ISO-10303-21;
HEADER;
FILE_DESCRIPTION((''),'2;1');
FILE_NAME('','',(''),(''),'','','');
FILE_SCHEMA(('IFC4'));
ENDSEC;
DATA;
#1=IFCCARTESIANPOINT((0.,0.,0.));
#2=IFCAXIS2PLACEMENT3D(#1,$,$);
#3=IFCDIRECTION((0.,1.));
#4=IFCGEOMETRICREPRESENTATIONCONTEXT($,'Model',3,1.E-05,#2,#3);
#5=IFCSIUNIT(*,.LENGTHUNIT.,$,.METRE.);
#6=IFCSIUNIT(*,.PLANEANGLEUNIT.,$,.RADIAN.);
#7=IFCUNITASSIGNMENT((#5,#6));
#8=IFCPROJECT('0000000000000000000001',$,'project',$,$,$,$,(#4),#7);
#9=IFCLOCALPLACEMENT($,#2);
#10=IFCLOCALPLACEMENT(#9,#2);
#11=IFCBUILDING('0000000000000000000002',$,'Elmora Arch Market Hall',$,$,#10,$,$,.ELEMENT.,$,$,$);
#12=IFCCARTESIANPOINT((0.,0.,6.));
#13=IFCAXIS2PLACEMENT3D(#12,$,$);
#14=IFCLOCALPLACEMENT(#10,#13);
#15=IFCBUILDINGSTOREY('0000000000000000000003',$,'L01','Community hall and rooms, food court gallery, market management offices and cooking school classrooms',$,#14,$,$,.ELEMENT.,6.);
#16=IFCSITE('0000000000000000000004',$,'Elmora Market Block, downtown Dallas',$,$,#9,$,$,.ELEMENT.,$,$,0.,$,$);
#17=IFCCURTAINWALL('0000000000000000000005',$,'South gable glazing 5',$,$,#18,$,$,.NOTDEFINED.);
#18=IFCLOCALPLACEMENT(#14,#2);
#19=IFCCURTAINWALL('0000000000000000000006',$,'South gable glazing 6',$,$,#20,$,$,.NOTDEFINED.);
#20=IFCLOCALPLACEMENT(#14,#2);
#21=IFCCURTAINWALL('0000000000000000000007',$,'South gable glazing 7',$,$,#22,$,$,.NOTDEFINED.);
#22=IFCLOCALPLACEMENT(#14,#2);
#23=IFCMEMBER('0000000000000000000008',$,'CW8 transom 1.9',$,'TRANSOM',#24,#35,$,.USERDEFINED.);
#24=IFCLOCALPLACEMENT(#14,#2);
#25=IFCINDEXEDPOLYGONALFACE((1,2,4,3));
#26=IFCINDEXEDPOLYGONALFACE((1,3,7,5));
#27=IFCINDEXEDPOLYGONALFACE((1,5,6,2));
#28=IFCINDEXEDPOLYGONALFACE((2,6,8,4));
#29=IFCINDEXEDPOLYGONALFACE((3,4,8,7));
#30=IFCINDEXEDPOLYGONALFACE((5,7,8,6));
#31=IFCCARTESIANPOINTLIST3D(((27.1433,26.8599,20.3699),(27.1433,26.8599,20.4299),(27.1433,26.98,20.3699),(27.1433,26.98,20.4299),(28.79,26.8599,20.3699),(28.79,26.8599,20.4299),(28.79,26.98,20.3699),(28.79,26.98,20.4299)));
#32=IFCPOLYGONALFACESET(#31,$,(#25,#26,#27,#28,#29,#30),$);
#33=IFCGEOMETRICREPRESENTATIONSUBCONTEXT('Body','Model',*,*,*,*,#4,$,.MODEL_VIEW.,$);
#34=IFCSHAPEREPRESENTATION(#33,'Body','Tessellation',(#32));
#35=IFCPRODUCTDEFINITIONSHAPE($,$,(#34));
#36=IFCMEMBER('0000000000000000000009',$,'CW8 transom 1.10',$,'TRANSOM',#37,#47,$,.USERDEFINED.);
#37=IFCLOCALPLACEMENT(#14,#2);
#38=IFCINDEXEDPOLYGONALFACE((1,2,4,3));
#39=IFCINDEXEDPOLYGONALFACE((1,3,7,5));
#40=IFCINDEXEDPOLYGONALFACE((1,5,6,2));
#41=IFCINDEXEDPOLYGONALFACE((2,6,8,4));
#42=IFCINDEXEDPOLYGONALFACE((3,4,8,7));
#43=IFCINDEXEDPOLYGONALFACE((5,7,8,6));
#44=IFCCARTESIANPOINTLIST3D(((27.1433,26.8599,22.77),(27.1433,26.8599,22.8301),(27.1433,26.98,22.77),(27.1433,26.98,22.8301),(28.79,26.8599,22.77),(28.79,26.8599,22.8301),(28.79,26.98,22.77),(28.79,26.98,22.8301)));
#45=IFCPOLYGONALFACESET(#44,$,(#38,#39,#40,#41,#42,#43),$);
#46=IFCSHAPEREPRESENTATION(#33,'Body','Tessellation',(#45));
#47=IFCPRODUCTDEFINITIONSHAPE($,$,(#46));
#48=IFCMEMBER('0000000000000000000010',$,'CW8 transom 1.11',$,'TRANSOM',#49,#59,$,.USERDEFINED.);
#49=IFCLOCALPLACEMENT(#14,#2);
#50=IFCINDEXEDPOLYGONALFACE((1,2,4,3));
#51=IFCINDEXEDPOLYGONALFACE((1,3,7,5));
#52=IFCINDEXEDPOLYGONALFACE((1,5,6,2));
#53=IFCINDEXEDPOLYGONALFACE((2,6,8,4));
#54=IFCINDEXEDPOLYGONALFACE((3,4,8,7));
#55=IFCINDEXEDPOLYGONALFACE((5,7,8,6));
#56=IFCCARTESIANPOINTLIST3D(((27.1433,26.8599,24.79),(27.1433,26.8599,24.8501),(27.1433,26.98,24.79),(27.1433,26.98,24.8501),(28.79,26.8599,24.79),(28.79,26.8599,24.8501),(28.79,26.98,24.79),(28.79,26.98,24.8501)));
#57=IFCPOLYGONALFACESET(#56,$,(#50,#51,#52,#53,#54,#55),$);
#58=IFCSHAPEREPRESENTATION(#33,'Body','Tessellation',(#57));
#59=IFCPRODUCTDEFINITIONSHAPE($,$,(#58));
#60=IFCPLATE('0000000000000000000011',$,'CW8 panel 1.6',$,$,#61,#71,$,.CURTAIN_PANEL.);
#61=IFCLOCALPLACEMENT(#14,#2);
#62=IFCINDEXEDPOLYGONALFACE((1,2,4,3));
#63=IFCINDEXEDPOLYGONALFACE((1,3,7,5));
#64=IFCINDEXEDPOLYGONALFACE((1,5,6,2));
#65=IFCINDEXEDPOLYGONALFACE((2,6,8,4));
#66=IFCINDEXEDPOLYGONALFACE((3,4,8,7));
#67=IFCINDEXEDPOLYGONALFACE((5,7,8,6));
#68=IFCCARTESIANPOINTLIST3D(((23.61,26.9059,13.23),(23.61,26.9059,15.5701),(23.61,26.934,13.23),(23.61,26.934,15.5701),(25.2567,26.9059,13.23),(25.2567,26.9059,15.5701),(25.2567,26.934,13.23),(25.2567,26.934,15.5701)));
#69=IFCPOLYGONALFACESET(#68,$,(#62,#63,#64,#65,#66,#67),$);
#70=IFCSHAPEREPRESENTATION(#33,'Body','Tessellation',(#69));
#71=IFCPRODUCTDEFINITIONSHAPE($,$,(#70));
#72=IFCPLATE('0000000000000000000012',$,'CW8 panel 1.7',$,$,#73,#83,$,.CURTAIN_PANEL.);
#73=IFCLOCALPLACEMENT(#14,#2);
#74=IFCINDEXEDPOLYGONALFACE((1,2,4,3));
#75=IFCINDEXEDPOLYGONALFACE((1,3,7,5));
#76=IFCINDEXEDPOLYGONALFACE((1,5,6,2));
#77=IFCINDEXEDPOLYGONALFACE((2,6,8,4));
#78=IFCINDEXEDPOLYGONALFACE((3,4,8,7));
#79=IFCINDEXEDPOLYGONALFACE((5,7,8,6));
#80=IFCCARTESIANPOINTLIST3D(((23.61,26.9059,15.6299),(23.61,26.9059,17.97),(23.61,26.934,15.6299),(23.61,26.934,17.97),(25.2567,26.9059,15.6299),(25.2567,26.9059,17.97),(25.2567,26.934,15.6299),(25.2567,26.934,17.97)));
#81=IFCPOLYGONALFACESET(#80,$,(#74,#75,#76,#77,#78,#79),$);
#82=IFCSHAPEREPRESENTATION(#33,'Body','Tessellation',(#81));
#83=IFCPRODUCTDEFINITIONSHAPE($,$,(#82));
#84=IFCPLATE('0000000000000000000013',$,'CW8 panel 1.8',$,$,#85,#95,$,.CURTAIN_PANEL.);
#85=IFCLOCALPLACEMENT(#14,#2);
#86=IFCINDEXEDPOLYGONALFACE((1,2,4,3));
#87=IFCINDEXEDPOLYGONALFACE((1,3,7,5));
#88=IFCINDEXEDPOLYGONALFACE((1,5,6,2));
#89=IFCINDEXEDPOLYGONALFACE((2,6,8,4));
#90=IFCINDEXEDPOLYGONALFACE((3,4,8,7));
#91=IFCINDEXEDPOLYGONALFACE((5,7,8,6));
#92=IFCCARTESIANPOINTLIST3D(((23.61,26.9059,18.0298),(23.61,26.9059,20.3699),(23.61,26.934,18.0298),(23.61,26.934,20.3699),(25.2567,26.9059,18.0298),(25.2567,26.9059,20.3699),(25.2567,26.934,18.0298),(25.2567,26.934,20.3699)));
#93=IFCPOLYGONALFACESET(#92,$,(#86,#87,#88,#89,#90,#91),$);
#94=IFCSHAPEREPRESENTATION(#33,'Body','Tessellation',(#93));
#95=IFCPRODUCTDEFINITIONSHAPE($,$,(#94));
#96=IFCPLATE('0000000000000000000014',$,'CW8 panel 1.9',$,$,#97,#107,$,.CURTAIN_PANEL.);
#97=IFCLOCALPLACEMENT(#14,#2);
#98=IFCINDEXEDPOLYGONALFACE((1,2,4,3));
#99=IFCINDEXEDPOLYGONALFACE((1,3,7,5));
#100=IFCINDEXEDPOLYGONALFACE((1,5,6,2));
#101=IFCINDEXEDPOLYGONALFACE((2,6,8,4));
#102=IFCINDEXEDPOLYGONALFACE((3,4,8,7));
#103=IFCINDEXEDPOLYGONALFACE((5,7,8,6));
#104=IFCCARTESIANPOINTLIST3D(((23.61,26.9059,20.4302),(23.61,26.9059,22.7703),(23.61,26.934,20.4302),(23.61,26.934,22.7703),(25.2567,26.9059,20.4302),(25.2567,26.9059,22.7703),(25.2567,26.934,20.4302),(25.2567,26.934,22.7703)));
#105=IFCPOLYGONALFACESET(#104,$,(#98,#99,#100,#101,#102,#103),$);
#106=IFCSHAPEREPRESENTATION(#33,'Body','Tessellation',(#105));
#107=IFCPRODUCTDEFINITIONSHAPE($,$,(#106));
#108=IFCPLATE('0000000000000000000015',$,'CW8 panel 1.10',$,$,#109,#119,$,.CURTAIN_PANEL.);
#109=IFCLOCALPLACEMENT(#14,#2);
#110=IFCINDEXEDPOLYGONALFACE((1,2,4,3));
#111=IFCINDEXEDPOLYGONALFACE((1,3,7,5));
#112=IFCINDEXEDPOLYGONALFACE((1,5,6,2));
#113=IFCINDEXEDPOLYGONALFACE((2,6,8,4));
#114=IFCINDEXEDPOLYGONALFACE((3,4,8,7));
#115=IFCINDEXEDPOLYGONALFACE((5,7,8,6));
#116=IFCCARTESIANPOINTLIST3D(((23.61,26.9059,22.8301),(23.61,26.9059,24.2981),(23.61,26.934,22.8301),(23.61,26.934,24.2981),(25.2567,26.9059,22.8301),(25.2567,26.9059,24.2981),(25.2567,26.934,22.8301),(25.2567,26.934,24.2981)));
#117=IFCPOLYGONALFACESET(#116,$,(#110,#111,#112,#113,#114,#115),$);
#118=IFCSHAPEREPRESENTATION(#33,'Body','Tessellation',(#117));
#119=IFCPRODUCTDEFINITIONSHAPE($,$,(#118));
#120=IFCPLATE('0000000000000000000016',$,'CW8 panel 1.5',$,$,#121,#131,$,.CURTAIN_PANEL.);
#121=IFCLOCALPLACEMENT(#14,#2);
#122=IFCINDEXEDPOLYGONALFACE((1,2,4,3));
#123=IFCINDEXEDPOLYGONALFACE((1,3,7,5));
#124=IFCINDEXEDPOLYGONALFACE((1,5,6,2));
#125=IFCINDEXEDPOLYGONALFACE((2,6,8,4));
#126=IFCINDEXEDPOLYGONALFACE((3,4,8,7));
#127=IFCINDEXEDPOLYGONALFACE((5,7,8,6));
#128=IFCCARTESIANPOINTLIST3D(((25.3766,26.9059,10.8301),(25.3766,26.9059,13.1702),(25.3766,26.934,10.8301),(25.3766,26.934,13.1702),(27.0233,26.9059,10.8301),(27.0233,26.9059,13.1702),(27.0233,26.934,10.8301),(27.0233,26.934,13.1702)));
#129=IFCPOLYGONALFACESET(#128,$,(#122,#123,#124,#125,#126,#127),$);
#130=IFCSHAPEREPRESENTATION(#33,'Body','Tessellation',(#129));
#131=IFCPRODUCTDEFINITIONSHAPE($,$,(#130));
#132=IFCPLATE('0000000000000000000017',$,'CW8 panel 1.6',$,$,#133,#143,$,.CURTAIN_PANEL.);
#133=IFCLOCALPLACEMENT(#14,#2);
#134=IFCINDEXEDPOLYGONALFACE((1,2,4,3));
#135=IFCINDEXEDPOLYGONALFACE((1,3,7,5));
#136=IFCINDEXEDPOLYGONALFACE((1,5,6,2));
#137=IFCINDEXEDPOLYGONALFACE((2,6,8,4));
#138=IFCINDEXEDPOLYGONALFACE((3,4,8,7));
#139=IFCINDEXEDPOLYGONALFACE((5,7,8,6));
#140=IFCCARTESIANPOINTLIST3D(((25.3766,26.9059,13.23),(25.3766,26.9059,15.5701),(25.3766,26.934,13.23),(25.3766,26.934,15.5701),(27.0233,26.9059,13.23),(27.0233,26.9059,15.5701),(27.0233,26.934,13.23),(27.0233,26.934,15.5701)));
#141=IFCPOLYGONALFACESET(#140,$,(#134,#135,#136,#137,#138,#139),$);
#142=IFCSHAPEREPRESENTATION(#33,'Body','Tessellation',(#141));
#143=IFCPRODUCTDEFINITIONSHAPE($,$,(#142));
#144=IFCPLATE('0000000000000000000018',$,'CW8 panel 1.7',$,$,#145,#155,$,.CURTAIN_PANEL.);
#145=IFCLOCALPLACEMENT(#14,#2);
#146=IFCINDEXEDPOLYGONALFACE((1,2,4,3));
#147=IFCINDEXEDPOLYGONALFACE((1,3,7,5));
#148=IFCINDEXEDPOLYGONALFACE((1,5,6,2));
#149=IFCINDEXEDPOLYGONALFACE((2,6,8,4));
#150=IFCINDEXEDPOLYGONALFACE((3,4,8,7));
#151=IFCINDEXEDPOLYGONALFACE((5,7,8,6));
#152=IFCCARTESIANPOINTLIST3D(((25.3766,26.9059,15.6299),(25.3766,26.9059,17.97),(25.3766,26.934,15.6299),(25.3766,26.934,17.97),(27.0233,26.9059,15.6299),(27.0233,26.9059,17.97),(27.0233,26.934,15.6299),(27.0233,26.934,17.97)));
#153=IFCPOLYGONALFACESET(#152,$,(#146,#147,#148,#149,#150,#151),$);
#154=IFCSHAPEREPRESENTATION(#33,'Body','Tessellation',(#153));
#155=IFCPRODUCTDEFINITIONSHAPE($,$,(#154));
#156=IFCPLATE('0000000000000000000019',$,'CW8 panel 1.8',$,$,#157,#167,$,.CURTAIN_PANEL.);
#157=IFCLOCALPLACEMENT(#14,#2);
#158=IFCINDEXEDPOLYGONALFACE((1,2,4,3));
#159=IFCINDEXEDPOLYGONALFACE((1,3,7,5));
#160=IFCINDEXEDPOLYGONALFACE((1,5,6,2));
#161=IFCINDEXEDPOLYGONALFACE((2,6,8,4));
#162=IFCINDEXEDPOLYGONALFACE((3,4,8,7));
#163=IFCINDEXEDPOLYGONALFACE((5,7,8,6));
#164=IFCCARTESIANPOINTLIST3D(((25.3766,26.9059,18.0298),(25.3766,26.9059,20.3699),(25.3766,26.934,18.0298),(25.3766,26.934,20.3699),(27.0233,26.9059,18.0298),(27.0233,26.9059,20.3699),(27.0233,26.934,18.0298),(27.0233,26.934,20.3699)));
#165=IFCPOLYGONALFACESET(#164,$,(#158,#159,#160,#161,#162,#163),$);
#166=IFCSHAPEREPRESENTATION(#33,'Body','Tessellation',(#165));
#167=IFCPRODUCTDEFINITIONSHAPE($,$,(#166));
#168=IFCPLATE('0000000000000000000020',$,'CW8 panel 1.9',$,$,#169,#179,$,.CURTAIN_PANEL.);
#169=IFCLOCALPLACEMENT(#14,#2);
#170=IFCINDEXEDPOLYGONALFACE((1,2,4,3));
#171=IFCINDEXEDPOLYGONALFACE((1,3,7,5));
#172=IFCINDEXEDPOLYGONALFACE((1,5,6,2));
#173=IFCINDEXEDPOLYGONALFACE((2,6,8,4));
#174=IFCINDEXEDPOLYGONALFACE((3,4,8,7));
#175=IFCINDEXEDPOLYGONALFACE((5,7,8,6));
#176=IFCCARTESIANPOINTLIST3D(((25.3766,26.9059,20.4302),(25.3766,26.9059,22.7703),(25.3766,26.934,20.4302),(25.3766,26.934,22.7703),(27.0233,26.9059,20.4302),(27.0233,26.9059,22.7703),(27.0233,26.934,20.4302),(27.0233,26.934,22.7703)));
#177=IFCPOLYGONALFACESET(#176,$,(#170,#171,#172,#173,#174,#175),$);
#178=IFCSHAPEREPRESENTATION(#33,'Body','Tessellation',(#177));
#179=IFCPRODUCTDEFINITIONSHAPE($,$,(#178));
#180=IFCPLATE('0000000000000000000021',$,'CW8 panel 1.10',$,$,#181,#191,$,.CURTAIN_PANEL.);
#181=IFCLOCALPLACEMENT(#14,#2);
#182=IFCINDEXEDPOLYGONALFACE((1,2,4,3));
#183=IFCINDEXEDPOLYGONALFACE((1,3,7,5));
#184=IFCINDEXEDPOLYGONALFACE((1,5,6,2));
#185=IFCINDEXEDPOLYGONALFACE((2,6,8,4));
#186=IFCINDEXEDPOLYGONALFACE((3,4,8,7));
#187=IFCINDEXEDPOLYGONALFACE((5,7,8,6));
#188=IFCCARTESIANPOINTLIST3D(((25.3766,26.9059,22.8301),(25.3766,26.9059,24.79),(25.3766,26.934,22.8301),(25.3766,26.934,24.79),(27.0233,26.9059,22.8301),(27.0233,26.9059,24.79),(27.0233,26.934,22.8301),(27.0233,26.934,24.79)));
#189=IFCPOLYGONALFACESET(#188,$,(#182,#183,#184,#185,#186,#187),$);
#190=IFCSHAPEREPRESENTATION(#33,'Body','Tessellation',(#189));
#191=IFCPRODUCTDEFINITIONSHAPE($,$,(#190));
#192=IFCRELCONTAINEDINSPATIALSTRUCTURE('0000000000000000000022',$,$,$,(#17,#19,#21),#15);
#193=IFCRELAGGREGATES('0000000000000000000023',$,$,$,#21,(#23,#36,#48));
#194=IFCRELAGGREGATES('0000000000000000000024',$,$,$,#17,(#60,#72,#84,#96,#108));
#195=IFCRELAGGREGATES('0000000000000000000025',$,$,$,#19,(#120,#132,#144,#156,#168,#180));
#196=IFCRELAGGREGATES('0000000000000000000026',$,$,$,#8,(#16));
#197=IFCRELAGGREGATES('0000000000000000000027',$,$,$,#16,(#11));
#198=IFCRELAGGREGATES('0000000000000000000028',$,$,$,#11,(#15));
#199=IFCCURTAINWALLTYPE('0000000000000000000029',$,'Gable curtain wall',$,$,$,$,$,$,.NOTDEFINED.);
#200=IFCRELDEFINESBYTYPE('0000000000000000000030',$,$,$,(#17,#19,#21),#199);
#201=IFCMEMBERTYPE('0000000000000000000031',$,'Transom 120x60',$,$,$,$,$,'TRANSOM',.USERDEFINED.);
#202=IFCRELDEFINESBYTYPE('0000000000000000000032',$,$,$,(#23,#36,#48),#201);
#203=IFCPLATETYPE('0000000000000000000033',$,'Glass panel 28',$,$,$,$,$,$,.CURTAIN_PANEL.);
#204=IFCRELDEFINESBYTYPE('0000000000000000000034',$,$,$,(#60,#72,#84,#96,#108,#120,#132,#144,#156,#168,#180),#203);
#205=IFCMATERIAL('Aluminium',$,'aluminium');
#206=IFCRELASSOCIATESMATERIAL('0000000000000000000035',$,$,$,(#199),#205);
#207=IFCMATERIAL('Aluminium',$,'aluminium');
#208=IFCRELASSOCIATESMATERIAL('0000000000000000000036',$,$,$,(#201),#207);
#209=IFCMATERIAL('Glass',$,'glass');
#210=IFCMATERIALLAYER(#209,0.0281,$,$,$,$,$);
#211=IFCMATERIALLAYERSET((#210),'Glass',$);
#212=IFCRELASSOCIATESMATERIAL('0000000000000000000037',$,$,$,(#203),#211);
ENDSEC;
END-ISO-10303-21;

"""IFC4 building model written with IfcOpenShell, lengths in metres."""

from ifc_helpers import new_model, si_unit, direction, frame, origin, origin_2d, place, context, subcontext, project, spatial, rectangle, extrude, material, layer, layer_set, material_profile, profile_set, type_object, element, aggregate, save


model = new_model("IFC4")

# Units and contexts
model_context = context("Model", 3, precision=1e-05, world=origin(), true_north=direction((0.0, 1.0)))
body_context = subcontext(model_context, "Body", "Model", "MODEL_VIEW")
ifc_project = project(units=[si_unit("LENGTHUNIT", "METRE"), si_unit("PLANEANGLEUNIT", "RADIAN")], contexts=[model_context])

# Site, building, storey
site_placement = place(None, origin())
site = spatial("IfcSite", under=ifc_project, at=site_placement, Name="Elmora Market Block, downtown Dallas", CompositionType="ELEMENT", RefElevation=0.0)
building_placement = place(site_placement, origin())
building = spatial("IfcBuilding", under=site, at=building_placement, Name="Elmora Arch Market Hall", CompositionType="ELEMENT")
storey_placement = place(building_placement, frame((0.0, 0.0, 6.0)))
storey = spatial("IfcBuildingStorey", under=building, at=storey_placement, Name="L01", Description="Community hall and rooms, food court gallery, market management offices and cooking school classrooms", CompositionType="ELEMENT", Elevation=6.0)

# Curtain walls, members
ifc_material_1 = material(Name="Aluminium", Category="aluminium")
curtain_wall_type = type_object("IfcCurtainWallType", Name="Gable curtain wall", PredefinedType="NOTDEFINED", material=ifc_material_1)
curtain_wall_1_placement = place(storey_placement, origin())
curtain_wall_1 = element("IfcCurtainWall", 1, at=curtain_wall_1_placement, inside=storey, type_object=curtain_wall_type, Name="South gable glazing 5", PredefinedType="NOTDEFINED")
ifc_material_2 = material(Name="Aluminium", Category="aluminium")
ifc_material_profile = material_profile(ifc_material_2, rectangle(XDim=0.1201, YDim=0.0601, at=origin_2d()), Name="AL 120x60")
ifc_profile_set = profile_set([ifc_material_profile], Name="Aluminium")
member_type = type_object("IfcMemberType", Name="Transom 120x60", ElementType="TRANSOM", PredefinedType="USERDEFINED", material=ifc_profile_set)
curtain_wall_2_placement = place(storey_placement, origin())
curtain_wall_2 = element("IfcCurtainWall", 2, at=curtain_wall_2_placement, inside=storey, type_object=curtain_wall_type, Name="South gable glazing 6", PredefinedType="NOTDEFINED")
curtain_wall_3_placement = place(storey_placement, origin())
curtain_wall_3 = element("IfcCurtainWall", 3, at=curtain_wall_3_placement, inside=storey, type_object=curtain_wall_type, Name="South gable glazing 7", PredefinedType="NOTDEFINED")
member_1_placement = place(storey_placement, frame((27.1433, 26.9199, 20.3999), z_axis=(1.0, 0.0, 0.0), x_axis=(0.0, 1.0, 0.0)))
member_1 = element("IfcMember", 4, at=member_1_placement, type_object=member_type, Name="CW8 transom 1.9", ObjectType="TRANSOM", PredefinedType="USERDEFINED", context=body_context, shape_type="SweptSolid", body=[
    extrude(rectangle(XDim=0.1201, YDim=0.0601, at=origin_2d()), origin(), (0.0, 0.0, 1.0), 1.6467),
])
member_2_placement = place(storey_placement, frame((27.1433, 26.9199, 22.8), z_axis=(1.0, 0.0, 0.0), x_axis=(0.0, 1.0, 0.0)))
member_2 = element("IfcMember", 5, at=member_2_placement, type_object=member_type, Name="CW8 transom 1.10", ObjectType="TRANSOM", PredefinedType="USERDEFINED", context=body_context, shape_type="SweptSolid", body=[
    extrude(rectangle(XDim=0.1201, YDim=0.0601, at=origin_2d()), origin(), (0.0, 0.0, 1.0), 1.6467),
])
member_3_placement = place(storey_placement, frame((27.1433, 26.9199, 24.8201), z_axis=(1.0, 0.0, 0.0), x_axis=(0.0, 1.0, 0.0)))
member_3 = element("IfcMember", 6, at=member_3_placement, type_object=member_type, Name="CW8 transom 1.11", ObjectType="TRANSOM", PredefinedType="USERDEFINED", context=body_context, shape_type="SweptSolid", body=[
    extrude(rectangle(XDim=0.1201, YDim=0.0601, at=origin_2d()), origin(), (0.0, 0.0, 1.0), 1.6467),
])
aggregate(curtain_wall_3, [member_1, member_2, member_3])

# Plates
ifc_material_3 = material(Name="Glass", Category="glass")
ifc_layer = layer(ifc_material_3, 0.0281)
ifc_layer_set = layer_set([ifc_layer], Name="Glass")
plate_type = type_object("IfcPlateType", Name="Glass panel 28", PredefinedType="CURTAIN_PANEL", material=ifc_layer_set)
plate_1_placement = place(storey_placement, frame((24.4333, 26.9199, 13.23), z_axis=(0.0, 0.0, 1.0), x_axis=(1.0, 0.0, 0.0)))
plate_1 = element("IfcPlate", 7, at=plate_1_placement, type_object=plate_type, Name="CW8 panel 1.6", PredefinedType="CURTAIN_PANEL", context=body_context, shape_type="SweptSolid", body=[
    extrude(rectangle(XDim=1.6467, YDim=0.0281, at=origin_2d()), origin(), (0.0, 0.0, 1.0), 2.3401),
])
plate_2_placement = place(storey_placement, frame((24.4333, 26.9199, 15.6299), z_axis=(0.0, 0.0, 1.0), x_axis=(1.0, 0.0, 0.0)))
plate_2 = element("IfcPlate", 8, at=plate_2_placement, type_object=plate_type, Name="CW8 panel 1.7", PredefinedType="CURTAIN_PANEL", context=body_context, shape_type="SweptSolid", body=[
    extrude(rectangle(XDim=1.6467, YDim=0.0281, at=origin_2d()), origin(), (0.0, 0.0, 1.0), 2.3401),
])
plate_3_placement = place(storey_placement, frame((24.4333, 26.9199, 18.0298), z_axis=(0.0, 0.0, 1.0), x_axis=(1.0, 0.0, 0.0)))
plate_3 = element("IfcPlate", 9, at=plate_3_placement, type_object=plate_type, Name="CW8 panel 1.8", PredefinedType="CURTAIN_PANEL", context=body_context, shape_type="SweptSolid", body=[
    extrude(rectangle(XDim=1.6467, YDim=0.0281, at=origin_2d()), origin(), (0.0, 0.0, 1.0), 2.3401),
])
plate_4_placement = place(storey_placement, frame((24.4333, 26.9199, 20.4302), z_axis=(0.0, 0.0, 1.0), x_axis=(1.0, 0.0, 0.0)))
plate_4 = element("IfcPlate", 10, at=plate_4_placement, type_object=plate_type, Name="CW8 panel 1.9", PredefinedType="CURTAIN_PANEL", context=body_context, shape_type="SweptSolid", body=[
    extrude(rectangle(XDim=1.6467, YDim=0.0281, at=origin_2d()), origin(), (0.0, 0.0, 1.0), 2.3401),
])
plate_5_placement = place(storey_placement, frame((24.4333, 26.9199, 22.8301), z_axis=(0.0, 0.0, 1.0), x_axis=(1.0, 0.0, 0.0)))
plate_5 = element("IfcPlate", 11, at=plate_5_placement, type_object=plate_type, Name="CW8 panel 1.10", PredefinedType="CURTAIN_PANEL", context=body_context, shape_type="SweptSolid", body=[
    extrude(rectangle(XDim=1.6467, YDim=0.0281, at=origin_2d()), origin(), (0.0, 0.0, 1.0), 1.468),
])
aggregate(curtain_wall_1, [plate_1, plate_2, plate_3, plate_4, plate_5])
plate_6_placement = place(storey_placement, frame((26.2, 26.9199, 10.8301), z_axis=(0.0, 0.0, 1.0), x_axis=(1.0, 0.0, 0.0)))
plate_6 = element("IfcPlate", 12, at=plate_6_placement, type_object=plate_type, Name="CW8 panel 1.5", PredefinedType="CURTAIN_PANEL", context=body_context, shape_type="SweptSolid", body=[
    extrude(rectangle(XDim=1.6467, YDim=0.0281, at=origin_2d()), origin(), (0.0, 0.0, 1.0), 2.3401),
])
plate_7_placement = place(storey_placement, frame((26.2, 26.9199, 13.23), z_axis=(0.0, 0.0, 1.0), x_axis=(1.0, 0.0, 0.0)))
plate_7 = element("IfcPlate", 13, at=plate_7_placement, type_object=plate_type, Name="CW8 panel 1.6", PredefinedType="CURTAIN_PANEL", context=body_context, shape_type="SweptSolid", body=[
    extrude(rectangle(XDim=1.6467, YDim=0.0281, at=origin_2d()), origin(), (0.0, 0.0, 1.0), 2.3401),
])
plate_8_placement = place(storey_placement, frame((26.2, 26.9199, 15.6299), z_axis=(0.0, 0.0, 1.0), x_axis=(1.0, 0.0, 0.0)))
plate_8 = element("IfcPlate", 14, at=plate_8_placement, type_object=plate_type, Name="CW8 panel 1.7", PredefinedType="CURTAIN_PANEL", context=body_context, shape_type="SweptSolid", body=[
    extrude(rectangle(XDim=1.6467, YDim=0.0281, at=origin_2d()), origin(), (0.0, 0.0, 1.0), 2.3401),
])
plate_9_placement = place(storey_placement, frame((26.2, 26.9199, 18.0298), z_axis=(0.0, 0.0, 1.0), x_axis=(1.0, 0.0, 0.0)))
plate_9 = element("IfcPlate", 15, at=plate_9_placement, type_object=plate_type, Name="CW8 panel 1.8", PredefinedType="CURTAIN_PANEL", context=body_context, shape_type="SweptSolid", body=[
    extrude(rectangle(XDim=1.6467, YDim=0.0281, at=origin_2d()), origin(), (0.0, 0.0, 1.0), 2.3401),
])
plate_10_placement = place(storey_placement, frame((26.2, 26.9199, 20.4302), z_axis=(0.0, 0.0, 1.0), x_axis=(1.0, 0.0, 0.0)))
plate_10 = element("IfcPlate", 16, at=plate_10_placement, type_object=plate_type, Name="CW8 panel 1.9", PredefinedType="CURTAIN_PANEL", context=body_context, shape_type="SweptSolid", body=[
    extrude(rectangle(XDim=1.6467, YDim=0.0281, at=origin_2d()), origin(), (0.0, 0.0, 1.0), 2.3401),
])
plate_11_placement = place(storey_placement, frame((26.2, 26.9199, 22.8301), z_axis=(0.0, 0.0, 1.0), x_axis=(1.0, 0.0, 0.0)))
plate_11 = element("IfcPlate", 17, at=plate_11_placement, type_object=plate_type, Name="CW8 panel 1.10", PredefinedType="CURTAIN_PANEL", context=body_context, shape_type="SweptSolid", body=[
    extrude(rectangle(XDim=1.6467, YDim=0.0281, at=origin_2d()), origin(), (0.0, 0.0, 1.0), 1.96),
])
aggregate(curtain_wall_2, [plate_6, plate_7, plate_8, plate_9, plate_10, plate_11])

save(model, "model.ifc")
